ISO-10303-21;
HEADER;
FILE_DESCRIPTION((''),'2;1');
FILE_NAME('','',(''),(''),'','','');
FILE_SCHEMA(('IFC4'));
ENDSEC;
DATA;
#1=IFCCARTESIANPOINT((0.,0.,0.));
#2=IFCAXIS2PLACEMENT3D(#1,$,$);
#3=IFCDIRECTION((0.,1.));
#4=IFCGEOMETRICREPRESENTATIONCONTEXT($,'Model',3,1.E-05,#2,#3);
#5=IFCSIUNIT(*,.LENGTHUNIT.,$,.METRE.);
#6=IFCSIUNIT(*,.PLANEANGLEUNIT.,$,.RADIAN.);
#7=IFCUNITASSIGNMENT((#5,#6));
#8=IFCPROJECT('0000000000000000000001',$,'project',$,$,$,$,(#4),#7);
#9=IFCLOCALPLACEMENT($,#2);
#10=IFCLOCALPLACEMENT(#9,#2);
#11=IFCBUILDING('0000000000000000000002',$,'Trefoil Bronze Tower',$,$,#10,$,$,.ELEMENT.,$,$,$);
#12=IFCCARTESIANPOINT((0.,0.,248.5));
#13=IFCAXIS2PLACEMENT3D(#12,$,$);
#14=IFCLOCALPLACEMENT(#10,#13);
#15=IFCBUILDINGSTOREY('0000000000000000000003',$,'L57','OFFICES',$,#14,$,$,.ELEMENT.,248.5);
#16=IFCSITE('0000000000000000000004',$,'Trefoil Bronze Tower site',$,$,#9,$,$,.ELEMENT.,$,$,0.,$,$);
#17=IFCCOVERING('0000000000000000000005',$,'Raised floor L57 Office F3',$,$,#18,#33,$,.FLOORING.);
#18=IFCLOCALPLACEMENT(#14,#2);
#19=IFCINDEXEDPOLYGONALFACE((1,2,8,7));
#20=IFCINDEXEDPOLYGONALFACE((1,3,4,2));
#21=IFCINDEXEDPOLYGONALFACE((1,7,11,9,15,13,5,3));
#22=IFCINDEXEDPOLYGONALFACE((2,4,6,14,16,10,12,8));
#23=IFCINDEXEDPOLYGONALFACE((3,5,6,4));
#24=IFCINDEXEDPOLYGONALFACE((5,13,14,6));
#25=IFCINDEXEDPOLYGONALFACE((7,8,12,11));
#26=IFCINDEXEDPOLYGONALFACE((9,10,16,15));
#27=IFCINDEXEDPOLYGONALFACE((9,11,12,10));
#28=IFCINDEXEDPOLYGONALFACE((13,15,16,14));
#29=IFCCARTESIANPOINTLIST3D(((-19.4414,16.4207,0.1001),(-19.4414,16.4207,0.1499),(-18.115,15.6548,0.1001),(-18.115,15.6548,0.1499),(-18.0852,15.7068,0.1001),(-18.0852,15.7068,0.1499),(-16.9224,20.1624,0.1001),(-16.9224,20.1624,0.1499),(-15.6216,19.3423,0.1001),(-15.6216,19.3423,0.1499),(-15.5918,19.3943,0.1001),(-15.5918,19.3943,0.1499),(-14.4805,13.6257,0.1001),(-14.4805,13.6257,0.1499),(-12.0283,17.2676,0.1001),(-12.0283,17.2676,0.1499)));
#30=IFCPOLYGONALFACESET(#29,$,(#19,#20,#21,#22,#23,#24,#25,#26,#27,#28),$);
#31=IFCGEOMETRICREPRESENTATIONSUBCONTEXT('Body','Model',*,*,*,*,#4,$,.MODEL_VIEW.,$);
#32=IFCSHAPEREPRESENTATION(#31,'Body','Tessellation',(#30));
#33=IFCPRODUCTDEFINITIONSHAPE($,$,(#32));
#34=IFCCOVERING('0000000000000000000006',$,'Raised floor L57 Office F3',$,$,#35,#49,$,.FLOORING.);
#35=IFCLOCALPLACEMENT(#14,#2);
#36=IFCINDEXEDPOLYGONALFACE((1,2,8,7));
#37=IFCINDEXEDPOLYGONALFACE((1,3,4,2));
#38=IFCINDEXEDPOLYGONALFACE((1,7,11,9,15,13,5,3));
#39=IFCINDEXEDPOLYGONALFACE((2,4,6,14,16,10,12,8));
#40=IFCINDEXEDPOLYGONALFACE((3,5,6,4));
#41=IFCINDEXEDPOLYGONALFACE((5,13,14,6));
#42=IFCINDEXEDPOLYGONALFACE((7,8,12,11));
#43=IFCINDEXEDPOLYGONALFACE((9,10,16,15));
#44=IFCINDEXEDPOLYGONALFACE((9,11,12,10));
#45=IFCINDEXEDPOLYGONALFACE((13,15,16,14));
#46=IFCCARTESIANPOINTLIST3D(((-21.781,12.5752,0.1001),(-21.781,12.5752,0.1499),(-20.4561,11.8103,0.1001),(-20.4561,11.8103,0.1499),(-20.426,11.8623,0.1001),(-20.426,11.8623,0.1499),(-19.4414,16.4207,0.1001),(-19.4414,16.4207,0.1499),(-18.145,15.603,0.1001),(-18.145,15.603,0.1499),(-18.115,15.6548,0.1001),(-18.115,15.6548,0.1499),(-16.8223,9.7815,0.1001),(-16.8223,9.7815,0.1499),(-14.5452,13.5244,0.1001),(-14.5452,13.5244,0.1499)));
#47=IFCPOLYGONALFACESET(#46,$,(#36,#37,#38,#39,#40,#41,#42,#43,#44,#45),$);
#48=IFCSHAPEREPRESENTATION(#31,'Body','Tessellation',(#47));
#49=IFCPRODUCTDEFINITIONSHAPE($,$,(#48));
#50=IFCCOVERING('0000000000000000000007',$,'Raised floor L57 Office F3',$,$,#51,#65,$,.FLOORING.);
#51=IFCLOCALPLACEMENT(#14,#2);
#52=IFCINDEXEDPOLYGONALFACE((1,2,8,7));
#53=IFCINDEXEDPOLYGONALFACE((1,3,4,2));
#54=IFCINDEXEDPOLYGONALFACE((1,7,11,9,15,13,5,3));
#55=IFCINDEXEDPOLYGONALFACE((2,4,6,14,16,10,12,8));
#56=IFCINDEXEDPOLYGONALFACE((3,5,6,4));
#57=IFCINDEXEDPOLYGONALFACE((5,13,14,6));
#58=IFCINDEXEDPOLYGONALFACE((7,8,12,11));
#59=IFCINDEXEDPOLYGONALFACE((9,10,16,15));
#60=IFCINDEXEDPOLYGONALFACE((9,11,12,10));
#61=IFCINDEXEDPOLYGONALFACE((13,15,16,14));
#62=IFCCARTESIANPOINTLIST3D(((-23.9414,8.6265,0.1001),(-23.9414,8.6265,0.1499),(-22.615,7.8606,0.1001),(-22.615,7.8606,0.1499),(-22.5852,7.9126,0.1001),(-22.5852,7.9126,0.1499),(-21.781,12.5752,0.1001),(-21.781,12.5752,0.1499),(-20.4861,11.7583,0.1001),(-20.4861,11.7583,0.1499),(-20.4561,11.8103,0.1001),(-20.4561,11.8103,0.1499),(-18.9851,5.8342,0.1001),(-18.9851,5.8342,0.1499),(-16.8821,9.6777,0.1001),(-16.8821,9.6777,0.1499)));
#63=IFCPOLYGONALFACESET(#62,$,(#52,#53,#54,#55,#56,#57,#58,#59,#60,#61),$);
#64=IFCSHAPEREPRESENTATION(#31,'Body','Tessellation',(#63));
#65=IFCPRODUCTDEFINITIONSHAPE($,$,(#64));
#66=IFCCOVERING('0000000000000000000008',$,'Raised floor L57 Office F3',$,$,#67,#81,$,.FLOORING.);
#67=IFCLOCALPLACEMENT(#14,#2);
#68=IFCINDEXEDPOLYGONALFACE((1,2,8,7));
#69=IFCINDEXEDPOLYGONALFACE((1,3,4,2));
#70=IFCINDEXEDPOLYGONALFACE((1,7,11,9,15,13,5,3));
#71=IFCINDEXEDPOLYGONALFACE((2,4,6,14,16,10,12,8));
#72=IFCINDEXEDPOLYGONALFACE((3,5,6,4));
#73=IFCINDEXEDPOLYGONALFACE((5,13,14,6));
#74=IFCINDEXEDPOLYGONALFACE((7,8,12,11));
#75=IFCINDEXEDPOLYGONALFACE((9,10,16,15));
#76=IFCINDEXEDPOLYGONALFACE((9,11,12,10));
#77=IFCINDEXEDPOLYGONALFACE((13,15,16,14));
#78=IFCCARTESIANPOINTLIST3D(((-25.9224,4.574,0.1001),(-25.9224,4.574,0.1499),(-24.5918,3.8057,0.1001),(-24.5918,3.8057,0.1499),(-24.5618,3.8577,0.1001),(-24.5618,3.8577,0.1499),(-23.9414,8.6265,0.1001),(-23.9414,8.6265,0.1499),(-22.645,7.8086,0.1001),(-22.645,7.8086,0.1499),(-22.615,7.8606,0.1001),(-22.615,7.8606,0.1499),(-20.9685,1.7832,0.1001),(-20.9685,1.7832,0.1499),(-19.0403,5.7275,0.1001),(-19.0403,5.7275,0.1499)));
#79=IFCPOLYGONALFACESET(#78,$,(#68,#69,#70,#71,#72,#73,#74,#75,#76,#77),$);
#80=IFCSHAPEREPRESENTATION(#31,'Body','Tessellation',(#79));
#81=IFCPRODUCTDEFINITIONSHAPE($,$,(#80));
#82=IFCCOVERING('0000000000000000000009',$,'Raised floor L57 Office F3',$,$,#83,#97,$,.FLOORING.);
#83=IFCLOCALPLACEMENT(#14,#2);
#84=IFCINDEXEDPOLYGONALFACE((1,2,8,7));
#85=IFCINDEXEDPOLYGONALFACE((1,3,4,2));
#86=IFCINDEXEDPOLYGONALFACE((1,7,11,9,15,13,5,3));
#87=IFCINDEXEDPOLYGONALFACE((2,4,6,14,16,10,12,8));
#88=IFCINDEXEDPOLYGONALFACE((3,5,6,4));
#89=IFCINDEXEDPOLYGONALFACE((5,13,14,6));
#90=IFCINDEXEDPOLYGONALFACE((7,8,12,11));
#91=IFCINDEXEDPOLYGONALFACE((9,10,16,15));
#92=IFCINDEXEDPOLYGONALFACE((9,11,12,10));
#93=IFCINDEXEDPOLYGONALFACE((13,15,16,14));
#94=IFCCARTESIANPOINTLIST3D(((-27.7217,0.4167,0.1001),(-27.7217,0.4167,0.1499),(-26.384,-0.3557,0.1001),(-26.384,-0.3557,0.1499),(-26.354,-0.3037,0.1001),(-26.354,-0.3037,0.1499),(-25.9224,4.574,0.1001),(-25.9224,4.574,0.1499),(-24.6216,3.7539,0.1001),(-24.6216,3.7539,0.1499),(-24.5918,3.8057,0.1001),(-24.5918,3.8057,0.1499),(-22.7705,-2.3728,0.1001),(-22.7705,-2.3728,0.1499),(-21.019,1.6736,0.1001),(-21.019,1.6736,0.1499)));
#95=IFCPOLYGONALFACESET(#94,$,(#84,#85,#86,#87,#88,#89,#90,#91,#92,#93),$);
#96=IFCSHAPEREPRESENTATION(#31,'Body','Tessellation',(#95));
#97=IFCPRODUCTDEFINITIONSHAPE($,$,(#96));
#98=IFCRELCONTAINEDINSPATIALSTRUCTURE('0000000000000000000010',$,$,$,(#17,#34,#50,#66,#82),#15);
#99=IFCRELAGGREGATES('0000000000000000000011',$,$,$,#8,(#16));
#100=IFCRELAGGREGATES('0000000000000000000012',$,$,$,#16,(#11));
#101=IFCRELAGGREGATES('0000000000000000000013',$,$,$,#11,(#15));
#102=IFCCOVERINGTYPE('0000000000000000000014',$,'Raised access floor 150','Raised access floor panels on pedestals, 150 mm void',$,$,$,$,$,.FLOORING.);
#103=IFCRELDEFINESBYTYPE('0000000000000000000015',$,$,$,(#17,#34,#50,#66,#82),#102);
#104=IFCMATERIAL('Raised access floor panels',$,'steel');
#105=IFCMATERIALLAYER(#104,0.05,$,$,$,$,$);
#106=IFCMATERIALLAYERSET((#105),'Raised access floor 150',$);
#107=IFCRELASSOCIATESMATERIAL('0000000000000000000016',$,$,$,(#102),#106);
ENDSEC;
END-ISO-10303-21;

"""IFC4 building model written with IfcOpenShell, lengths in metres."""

from ifc_helpers import new_model, si_unit, direction, frame, origin, place, context, subcontext, project, spatial, polyline, outline, extrude, material, layer, layer_set, type_object, element, save


model = new_model("IFC4")

# Units and contexts
model_context = context("Model", 3, precision=1e-05, world=origin(), true_north=direction((0.0, 1.0)))
body_context = subcontext(model_context, "Body", "Model", "MODEL_VIEW")
ifc_project = project(units=[si_unit("LENGTHUNIT", "METRE"), si_unit("PLANEANGLEUNIT", "RADIAN")], contexts=[model_context])

# Site, building, storey
site_placement = place(None, origin())
site = spatial("IfcSite", under=ifc_project, at=site_placement, Name="Trefoil Bronze Tower site", CompositionType="ELEMENT", RefElevation=0.0)
building_placement = place(site_placement, origin())
building = spatial("IfcBuilding", under=site, at=building_placement, Name="Trefoil Bronze Tower", CompositionType="ELEMENT")
storey_placement = place(building_placement, frame((0.0, 0.0, 248.5)))
storey = spatial("IfcBuildingStorey", under=building, at=storey_placement, Name="L57", Description="OFFICES", CompositionType="ELEMENT", Elevation=248.5)

# Coverings
ifc_material_1 = material(Name="Raised access floor panels", Category="steel")
ifc_layer_1 = layer(ifc_material_1, 0.05)
ifc_layer_set_1 = layer_set([ifc_layer_1], Name="Raised access floor 150")
covering_type_1 = type_object("IfcCoveringType", Name="Raised access floor 150", Description="Raised access floor panels on pedestals, 150 mm void", PredefinedType="FLOORING", material=ifc_layer_set_1)
covering_1_placement = place(storey_placement, frame((0.0, 0.0, 0.1001)))
element("IfcCovering", 1, at=covering_1_placement, inside=storey, type_object=covering_type_1, Name="Raised floor L57 Office F3", PredefinedType="FLOORING", context=body_context, shape_type="SweptSolid", body=[
    extrude(outline(polyline([(-16.9224, 20.1624), (-15.5918, 19.3943), (-15.6216, 19.3423), (-12.0283, 17.2676), (-14.4805, 13.6257), (-18.0852, 15.7068), (-18.115, 15.6548), (-19.4414, 16.4207), (-16.9224, 20.1624)])), origin(), (0.0, 0.0, 1.0), 0.0498),
])
covering_2_placement = place(storey_placement, frame((0.0, 0.0, 0.1001)))
element("IfcCovering", 2, at=covering_2_placement, inside=storey, type_object=covering_type_1, Name="Raised floor L57 Office F3", PredefinedType="FLOORING", context=body_context, shape_type="SweptSolid", body=[
    extrude(outline(polyline([(-21.781, 12.5752), (-19.4414, 16.4207), (-18.115, 15.6548), (-18.145, 15.603), (-14.5452, 13.5244), (-16.8223, 9.7815), (-20.426, 11.8623), (-20.4561, 11.8103), (-21.781, 12.5752)])), origin(), (0.0, 0.0, 1.0), 0.0498),
])
covering_3_placement = place(storey_placement, frame((0.0, 0.0, 0.1001)))
element("IfcCovering", 3, at=covering_3_placement, inside=storey, type_object=covering_type_1, Name="Raised floor L57 Office F3", PredefinedType="FLOORING", context=body_context, shape_type="SweptSolid", body=[
    extrude(outline(polyline([(-23.9414, 8.6265), (-21.781, 12.5752), (-20.4561, 11.8103), (-20.4861, 11.7583), (-16.8821, 9.6777), (-18.9851, 5.8342), (-22.5852, 7.9126), (-22.615, 7.8606), (-23.9414, 8.6265)])), origin(), (0.0, 0.0, 1.0), 0.0498),
])
covering_4_placement = place(storey_placement, frame((0.0, 0.0, 0.1001)))
element("IfcCovering", 4, at=covering_4_placement, inside=storey, type_object=covering_type_1, Name="Raised floor L57 Office F3", PredefinedType="FLOORING", context=body_context, shape_type="SweptSolid", body=[
    extrude(outline(polyline([(-25.9224, 4.574), (-23.9414, 8.6265), (-22.615, 7.8606), (-22.645, 7.8086), (-19.0403, 5.7275), (-20.9685, 1.7832), (-24.5618, 3.8577), (-24.5918, 3.8057), (-25.9224, 4.574)])), origin(), (0.0, 0.0, 1.0), 0.0498),
])
covering_5_placement = place(storey_placement, frame((0.0, 0.0, 0.1001)))
element("IfcCovering", 5, at=covering_5_placement, inside=storey, type_object=covering_type_1, Name="Raised floor L57 Office F3", PredefinedType="FLOORING", context=body_context, shape_type="SweptSolid", body=[
    extrude(outline(polyline([(-27.7217, 0.4167), (-25.9224, 4.574), (-24.5918, 3.8057), (-24.6216, 3.7539), (-21.019, 1.6736), (-22.7705, -2.3728), (-26.354, -0.3037), (-26.384, -0.3557), (-27.7217, 0.4167)])), origin(), (0.0, 0.0, 1.0), 0.0498),
])

save(model, "model.ifc")
